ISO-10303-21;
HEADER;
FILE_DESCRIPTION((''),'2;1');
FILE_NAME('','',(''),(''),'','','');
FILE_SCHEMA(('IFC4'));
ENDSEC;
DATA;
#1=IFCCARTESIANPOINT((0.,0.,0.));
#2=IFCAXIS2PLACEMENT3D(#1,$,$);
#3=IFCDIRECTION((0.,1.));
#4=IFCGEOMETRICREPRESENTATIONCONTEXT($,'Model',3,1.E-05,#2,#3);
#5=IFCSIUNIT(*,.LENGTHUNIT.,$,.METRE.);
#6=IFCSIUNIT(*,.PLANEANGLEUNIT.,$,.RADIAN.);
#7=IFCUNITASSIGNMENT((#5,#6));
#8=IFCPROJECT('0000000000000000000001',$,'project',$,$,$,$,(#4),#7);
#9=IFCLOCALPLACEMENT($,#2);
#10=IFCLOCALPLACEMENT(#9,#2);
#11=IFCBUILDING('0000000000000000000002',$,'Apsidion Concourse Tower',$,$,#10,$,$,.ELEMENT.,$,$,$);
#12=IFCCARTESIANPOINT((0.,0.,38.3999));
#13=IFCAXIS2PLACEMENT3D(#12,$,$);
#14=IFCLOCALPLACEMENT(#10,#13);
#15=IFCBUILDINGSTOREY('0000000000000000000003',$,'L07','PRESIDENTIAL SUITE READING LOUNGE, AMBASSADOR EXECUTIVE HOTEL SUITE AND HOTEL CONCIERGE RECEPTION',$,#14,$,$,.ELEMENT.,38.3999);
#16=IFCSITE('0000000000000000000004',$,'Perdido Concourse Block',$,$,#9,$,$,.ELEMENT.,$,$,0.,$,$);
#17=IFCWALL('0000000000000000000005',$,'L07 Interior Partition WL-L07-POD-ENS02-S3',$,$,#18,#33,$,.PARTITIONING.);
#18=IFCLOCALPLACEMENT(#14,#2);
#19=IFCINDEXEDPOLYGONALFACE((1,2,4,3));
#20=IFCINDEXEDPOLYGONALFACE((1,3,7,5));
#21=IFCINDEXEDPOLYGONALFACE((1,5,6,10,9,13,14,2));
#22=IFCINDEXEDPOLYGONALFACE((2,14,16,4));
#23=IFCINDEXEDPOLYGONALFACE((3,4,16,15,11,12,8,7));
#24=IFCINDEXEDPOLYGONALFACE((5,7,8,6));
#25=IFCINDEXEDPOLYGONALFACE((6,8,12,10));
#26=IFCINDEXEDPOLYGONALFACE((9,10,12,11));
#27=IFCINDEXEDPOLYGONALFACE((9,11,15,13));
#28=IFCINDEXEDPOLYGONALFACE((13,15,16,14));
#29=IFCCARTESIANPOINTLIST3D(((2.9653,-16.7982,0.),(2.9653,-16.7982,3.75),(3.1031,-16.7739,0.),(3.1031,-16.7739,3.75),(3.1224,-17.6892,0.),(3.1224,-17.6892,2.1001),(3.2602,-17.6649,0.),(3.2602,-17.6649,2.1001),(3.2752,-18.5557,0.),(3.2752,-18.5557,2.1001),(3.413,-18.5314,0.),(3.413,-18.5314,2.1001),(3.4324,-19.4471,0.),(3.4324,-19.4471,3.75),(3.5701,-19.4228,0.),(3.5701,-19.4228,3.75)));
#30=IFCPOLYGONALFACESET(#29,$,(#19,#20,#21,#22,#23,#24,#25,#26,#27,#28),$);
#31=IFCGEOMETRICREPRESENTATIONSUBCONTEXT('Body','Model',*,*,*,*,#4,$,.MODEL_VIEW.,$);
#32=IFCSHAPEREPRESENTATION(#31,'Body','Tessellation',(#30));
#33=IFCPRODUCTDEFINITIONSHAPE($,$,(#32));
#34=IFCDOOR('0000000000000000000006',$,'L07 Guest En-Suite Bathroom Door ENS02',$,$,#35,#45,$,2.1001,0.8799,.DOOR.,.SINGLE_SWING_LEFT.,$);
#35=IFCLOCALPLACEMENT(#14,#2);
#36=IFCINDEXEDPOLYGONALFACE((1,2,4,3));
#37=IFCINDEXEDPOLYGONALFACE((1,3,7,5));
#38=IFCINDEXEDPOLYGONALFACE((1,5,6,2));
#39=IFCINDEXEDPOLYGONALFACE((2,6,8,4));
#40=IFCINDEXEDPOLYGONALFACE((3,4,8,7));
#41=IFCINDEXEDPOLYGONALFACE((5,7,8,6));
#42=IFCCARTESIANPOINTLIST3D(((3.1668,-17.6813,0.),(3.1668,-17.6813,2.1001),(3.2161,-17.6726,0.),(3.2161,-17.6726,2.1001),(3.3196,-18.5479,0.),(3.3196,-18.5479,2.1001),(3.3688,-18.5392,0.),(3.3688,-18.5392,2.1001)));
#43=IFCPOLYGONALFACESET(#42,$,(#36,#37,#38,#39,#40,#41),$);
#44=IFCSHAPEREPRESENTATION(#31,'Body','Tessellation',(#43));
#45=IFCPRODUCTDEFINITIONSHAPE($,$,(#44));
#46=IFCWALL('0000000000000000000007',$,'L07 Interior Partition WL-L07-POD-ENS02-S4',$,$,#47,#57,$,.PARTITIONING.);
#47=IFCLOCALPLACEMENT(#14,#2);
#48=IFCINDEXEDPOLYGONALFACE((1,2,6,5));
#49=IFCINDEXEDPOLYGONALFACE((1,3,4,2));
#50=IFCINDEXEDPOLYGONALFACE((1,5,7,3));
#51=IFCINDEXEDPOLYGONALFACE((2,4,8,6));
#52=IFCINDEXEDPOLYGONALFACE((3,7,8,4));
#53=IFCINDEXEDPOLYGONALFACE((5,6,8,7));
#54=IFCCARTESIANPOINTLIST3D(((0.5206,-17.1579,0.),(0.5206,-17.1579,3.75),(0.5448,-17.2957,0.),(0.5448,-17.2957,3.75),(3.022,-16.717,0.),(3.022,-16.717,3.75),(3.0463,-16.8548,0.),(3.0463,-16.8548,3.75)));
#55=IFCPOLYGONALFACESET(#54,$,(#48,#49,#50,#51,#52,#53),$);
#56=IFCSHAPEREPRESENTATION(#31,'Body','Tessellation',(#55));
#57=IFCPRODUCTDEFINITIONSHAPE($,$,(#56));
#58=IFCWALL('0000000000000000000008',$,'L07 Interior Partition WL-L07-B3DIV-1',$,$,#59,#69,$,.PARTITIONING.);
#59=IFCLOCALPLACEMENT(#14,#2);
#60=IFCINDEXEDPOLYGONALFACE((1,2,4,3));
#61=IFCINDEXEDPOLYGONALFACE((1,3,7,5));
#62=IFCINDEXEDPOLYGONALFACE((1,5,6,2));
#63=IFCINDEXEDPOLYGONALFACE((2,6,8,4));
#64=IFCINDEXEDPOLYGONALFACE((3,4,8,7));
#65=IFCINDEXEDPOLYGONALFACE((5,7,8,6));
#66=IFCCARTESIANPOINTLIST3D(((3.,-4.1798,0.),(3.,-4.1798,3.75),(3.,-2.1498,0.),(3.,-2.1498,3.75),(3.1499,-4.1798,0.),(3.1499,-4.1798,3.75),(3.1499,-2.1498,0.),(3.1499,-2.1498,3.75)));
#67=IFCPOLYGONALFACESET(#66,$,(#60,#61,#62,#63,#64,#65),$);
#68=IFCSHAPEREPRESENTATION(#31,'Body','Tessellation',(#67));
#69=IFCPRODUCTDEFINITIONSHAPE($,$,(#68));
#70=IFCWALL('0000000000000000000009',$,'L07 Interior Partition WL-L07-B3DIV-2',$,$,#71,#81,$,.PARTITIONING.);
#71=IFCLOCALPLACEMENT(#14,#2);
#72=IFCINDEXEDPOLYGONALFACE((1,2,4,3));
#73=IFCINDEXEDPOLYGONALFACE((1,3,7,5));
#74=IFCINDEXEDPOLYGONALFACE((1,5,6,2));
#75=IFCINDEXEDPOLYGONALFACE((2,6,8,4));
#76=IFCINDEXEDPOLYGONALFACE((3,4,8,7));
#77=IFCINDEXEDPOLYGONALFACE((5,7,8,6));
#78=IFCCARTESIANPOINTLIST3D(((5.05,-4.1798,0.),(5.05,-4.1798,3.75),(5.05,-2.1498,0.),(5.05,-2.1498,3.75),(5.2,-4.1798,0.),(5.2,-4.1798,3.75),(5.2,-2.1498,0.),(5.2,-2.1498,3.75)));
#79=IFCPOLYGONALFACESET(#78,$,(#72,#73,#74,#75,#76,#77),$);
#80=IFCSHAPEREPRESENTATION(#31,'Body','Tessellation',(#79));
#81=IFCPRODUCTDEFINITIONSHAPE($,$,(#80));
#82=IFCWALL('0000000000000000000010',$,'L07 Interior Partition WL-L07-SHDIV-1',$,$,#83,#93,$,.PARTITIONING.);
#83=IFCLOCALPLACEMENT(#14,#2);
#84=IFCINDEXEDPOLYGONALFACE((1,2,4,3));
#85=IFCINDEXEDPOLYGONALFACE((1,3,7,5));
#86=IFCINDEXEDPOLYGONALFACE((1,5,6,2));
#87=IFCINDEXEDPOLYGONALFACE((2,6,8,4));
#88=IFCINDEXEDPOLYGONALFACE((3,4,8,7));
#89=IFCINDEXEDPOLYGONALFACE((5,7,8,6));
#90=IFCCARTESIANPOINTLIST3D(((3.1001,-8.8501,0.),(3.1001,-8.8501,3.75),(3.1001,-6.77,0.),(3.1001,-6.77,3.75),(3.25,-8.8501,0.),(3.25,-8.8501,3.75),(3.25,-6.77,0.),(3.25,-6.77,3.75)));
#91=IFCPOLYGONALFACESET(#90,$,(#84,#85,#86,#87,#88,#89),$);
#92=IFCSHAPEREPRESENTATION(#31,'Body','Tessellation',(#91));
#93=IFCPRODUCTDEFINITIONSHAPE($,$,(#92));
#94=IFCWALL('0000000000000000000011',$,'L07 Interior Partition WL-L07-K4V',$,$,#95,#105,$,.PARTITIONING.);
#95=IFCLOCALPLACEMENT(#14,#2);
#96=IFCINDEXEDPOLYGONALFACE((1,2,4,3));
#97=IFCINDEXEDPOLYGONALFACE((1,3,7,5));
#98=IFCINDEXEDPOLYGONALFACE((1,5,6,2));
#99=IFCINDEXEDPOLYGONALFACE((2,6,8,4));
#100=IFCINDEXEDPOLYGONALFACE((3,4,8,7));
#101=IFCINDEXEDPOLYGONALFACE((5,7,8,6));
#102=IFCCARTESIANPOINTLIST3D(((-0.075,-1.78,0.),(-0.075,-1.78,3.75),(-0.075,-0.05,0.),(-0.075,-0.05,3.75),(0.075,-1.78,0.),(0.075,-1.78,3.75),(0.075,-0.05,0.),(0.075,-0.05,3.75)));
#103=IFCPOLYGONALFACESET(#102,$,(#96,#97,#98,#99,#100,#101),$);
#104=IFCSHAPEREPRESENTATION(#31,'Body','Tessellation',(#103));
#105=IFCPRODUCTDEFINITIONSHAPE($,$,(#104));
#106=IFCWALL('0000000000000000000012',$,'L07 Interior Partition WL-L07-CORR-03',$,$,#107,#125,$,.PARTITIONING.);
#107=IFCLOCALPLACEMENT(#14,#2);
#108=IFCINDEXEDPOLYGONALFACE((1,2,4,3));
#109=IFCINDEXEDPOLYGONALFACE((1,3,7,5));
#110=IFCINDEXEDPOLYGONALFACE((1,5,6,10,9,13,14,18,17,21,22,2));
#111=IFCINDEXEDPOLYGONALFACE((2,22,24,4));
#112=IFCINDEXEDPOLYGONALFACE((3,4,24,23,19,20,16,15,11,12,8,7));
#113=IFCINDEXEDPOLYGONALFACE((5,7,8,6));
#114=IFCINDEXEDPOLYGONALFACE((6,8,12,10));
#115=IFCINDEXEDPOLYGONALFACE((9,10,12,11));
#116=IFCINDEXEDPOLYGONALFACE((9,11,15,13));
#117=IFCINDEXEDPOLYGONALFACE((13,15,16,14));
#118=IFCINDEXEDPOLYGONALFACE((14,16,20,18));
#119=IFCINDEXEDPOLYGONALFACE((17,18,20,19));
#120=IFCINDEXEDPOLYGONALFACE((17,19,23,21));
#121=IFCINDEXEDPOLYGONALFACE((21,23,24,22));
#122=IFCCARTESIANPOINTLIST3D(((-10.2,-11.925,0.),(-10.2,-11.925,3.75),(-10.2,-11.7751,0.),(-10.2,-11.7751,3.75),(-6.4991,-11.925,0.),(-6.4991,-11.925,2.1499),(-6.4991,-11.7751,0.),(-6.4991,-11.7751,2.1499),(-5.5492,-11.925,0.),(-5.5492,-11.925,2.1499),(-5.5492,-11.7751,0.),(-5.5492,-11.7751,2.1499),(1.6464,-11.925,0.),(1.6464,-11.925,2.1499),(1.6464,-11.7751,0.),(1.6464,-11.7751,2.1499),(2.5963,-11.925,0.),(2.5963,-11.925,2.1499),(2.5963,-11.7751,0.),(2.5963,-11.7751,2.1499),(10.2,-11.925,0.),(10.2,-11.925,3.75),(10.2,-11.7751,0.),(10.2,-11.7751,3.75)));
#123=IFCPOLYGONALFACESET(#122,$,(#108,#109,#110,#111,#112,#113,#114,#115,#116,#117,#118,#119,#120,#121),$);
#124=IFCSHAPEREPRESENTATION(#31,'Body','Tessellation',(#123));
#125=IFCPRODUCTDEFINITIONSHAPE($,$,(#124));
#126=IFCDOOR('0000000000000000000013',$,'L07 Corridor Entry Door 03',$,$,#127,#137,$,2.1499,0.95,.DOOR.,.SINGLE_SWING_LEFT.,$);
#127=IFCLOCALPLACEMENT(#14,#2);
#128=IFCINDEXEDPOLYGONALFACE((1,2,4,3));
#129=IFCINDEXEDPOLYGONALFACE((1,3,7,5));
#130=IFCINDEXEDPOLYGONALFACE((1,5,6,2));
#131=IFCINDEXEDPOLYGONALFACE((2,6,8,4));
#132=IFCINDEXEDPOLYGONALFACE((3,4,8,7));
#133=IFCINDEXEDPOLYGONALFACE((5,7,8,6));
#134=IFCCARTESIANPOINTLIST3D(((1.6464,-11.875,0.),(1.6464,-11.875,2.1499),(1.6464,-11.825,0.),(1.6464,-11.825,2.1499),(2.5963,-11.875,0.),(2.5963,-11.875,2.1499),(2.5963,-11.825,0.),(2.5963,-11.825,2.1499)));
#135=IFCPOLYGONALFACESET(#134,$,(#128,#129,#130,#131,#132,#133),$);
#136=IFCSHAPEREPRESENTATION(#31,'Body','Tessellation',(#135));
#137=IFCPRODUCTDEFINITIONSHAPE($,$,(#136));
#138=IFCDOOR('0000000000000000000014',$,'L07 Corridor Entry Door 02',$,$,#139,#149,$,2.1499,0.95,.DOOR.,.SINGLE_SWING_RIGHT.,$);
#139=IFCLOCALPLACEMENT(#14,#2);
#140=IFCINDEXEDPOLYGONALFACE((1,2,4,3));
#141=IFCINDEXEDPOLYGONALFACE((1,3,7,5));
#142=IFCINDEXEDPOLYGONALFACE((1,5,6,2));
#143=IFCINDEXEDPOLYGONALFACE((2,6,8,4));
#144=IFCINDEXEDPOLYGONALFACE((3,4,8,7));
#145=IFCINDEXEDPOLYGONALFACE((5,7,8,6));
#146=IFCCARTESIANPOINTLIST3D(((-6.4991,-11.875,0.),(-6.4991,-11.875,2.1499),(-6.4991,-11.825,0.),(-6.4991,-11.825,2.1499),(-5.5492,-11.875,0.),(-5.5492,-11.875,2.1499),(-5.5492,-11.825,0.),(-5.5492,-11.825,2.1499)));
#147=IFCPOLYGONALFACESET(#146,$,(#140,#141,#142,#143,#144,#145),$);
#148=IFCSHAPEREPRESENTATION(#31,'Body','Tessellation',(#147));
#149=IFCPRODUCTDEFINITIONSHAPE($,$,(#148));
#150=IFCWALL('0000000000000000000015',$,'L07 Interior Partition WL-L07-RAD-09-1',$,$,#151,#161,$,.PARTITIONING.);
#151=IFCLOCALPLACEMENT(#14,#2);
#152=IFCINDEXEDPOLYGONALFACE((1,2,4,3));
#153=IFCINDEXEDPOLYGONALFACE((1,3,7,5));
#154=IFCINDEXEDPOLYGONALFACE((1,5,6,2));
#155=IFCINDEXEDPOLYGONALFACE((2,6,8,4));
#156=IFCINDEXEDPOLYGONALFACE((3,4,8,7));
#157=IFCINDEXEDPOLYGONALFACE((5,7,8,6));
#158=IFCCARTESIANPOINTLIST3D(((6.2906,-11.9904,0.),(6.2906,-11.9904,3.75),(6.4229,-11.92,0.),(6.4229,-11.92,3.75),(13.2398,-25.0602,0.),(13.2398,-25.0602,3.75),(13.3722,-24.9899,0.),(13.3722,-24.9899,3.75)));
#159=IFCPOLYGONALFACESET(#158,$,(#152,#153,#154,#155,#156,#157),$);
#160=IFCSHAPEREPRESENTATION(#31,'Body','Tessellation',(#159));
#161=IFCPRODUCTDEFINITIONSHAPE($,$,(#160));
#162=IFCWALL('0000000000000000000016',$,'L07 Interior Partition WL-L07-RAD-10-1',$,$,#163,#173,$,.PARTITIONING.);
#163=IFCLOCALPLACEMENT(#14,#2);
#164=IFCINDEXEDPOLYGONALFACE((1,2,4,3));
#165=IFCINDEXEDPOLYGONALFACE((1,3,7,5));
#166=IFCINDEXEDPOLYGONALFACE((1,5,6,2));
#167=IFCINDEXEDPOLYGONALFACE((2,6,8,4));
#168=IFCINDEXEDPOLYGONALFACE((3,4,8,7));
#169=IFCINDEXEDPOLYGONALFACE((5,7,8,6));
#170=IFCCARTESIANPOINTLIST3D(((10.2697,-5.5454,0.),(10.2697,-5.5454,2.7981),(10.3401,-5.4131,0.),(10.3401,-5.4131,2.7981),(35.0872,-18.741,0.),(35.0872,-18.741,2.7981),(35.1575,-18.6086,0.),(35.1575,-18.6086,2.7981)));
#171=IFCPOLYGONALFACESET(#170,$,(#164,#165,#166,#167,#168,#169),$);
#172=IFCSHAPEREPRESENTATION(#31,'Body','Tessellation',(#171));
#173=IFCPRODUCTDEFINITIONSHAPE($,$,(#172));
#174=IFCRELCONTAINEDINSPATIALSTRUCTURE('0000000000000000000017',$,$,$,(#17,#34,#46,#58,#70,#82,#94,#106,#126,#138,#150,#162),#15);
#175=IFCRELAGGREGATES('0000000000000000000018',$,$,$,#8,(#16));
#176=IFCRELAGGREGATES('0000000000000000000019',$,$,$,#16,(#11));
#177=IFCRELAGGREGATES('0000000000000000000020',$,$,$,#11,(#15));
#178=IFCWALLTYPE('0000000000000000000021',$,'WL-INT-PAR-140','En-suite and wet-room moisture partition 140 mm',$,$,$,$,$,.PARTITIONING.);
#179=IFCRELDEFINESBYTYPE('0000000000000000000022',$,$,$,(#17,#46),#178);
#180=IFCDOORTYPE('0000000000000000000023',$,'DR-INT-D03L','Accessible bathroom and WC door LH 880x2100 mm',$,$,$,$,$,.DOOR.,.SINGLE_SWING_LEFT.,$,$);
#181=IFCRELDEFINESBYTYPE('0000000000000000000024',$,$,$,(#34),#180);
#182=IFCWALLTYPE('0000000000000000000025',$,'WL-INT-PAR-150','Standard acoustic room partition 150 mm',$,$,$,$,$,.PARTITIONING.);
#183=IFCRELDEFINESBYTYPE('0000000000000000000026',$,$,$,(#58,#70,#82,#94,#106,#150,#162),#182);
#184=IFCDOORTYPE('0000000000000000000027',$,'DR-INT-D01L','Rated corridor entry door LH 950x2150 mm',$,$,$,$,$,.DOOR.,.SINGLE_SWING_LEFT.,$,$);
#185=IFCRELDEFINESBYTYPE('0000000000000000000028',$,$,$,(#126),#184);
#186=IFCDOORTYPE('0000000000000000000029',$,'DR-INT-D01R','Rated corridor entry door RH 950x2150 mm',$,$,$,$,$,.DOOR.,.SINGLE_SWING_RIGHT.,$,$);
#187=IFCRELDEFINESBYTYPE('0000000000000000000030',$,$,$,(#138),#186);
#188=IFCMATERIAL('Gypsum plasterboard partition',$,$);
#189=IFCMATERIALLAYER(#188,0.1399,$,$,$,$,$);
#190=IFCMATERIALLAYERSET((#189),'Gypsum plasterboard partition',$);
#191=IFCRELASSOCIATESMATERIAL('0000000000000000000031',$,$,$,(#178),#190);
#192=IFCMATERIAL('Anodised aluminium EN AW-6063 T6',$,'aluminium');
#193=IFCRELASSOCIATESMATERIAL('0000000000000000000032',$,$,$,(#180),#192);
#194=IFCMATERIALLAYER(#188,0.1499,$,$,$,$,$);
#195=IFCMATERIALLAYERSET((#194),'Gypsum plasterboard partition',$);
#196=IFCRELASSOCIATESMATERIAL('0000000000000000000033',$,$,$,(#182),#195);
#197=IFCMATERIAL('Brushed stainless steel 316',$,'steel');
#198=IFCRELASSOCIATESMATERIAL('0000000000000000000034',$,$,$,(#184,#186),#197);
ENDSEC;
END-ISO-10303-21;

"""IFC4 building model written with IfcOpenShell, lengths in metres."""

from ifc_helpers import new_model, si_unit, direction, frame, frame_2d, origin, place, context, subcontext, project, spatial, rectangle, extrude, material, layer, layer_set, type_object, element, fill, save


model = new_model("IFC4")

# Units and contexts
model_context = context("Model", 3, precision=1e-05, world=origin(), true_north=direction((0.0, 1.0)))
body_context = subcontext(model_context, "Body", "Model", "MODEL_VIEW")
ifc_project = project(units=[si_unit("LENGTHUNIT", "METRE"), si_unit("PLANEANGLEUNIT", "RADIAN")], contexts=[model_context])

# Site, building, storey
site_placement = place(None, origin())
site = spatial("IfcSite", under=ifc_project, at=site_placement, Name="Perdido Concourse Block", CompositionType="ELEMENT", RefElevation=0.0)
building_placement = place(site_placement, origin())
building = spatial("IfcBuilding", under=site, at=building_placement, Name="Apsidion Concourse Tower", CompositionType="ELEMENT")
storey_placement = place(building_placement, frame((0.0, 0.0, 38.3999)))
storey = spatial("IfcBuildingStorey", under=building, at=storey_placement, Name="L07", Description="PRESIDENTIAL SUITE READING LOUNGE, AMBASSADOR EXECUTIVE HOTEL SUITE AND HOTEL CONCIERGE RECEPTION", CompositionType="ELEMENT", Elevation=38.3999)

# Shared definitions
ifc_material_1 = material(Name="Gypsum plasterboard partition")
ifc_layer_1 = layer(ifc_material_1, 0.1399)
ifc_layer_set_1 = layer_set([ifc_layer_1], Name="Gypsum plasterboard partition")
wall_type_1 = type_object("IfcWallType", Name="WL-INT-PAR-140", Description="En-suite and wet-room moisture partition 140 mm", PredefinedType="PARTITIONING", material=ifc_layer_set_1)

# Wall, opening, door
wall_1_placement = place(storey_placement, frame((3.5012, -19.4348, 0.0), z_axis=(0.0, 0.0, 1.0), x_axis=(-0.173635, 0.98481, 0.0)))
wall_1 = element("IfcWall", 1, at=wall_1_placement, inside=storey, type_object=wall_type_1, Name="L07 Interior Partition WL-L07-POD-ENS02-S3", PredefinedType="PARTITIONING", context=body_context, shape_type="SweptSolid", body=[
    extrude(rectangle(XDim=2.6897, YDim=0.1399, at=frame_2d((1.3447, 0.0))), origin(), (0.0, 0.0, 1.0), 3.75),
])
opening_1_placement = place(wall_1_placement, frame((0.905, 0.0, 0.0)))
opening_1 = element("IfcOpeningElement", 2, at=opening_1_placement, cuts=wall_1, PredefinedType="OPENING", context=body_context, shape_type="SweptSolid", body=[
    extrude(rectangle(XDim=0.8799, YDim=2.1001, at=frame_2d((0.4399, 1.05))), frame((0.0, 0.0801, 0.0), z_axis=(0.0, -1.0, 0.0), x_axis=(1.0, 0.0, 0.0)), (0.0, 0.0, 1.0), 0.1599),
])
ifc_material_2 = material(Name="Anodised aluminium EN AW-6063 T6", Category="aluminium")
door_type_1 = type_object("IfcDoorType", Name="DR-INT-D03L", Description="Accessible bathroom and WC door LH 880x2100 mm", OperationType="SINGLE_SWING_LEFT", PredefinedType="DOOR", material=ifc_material_2)
door_1_placement = place(opening_1_placement, origin())
door_1 = element("IfcDoor", 3, at=door_1_placement, inside=storey, type_object=door_type_1, Name="L07 Guest En-Suite Bathroom Door ENS02", OperationType="SINGLE_SWING_LEFT", OverallHeight=2.1001, OverallWidth=0.8799, PredefinedType="DOOR", context=body_context, shape_type="SweptSolid", body=[
    extrude(rectangle(XDim=0.8799, YDim=2.1001, at=frame_2d((0.4399, 1.05))), frame((0.0, 0.0249, 0.0), z_axis=(0.0, -1.0, 0.0), x_axis=(1.0, 0.0, 0.0)), (0.0, 0.0, 1.0), 0.05),
])
fill(opening_1, door_1)

# Walls
wall_2_placement = place(storey_placement, frame((3.0342, -16.7859, 0.0), z_axis=(0.0, 0.0, 1.0), x_axis=(-0.984818, -0.173588, 0.0)))
element("IfcWall", 4, at=wall_2_placement, inside=storey, type_object=wall_type_1, Name="L07 Interior Partition WL-L07-POD-ENS02-S4", PredefinedType="PARTITIONING", context=body_context, shape_type="SweptSolid", body=[
    extrude(rectangle(XDim=2.54, YDim=0.1399, at=frame_2d((1.27, 0.0))), origin(), (0.0, 0.0, 1.0), 3.75),
])
ifc_layer_2 = layer(ifc_material_1, 0.1499)
ifc_layer_set_2 = layer_set([ifc_layer_2], Name="Gypsum plasterboard partition")
wall_type_2 = type_object("IfcWallType", Name="WL-INT-PAR-150", Description="Standard acoustic room partition 150 mm", PredefinedType="PARTITIONING", material=ifc_layer_set_2)
for number, where, z_axis, x_axis, name in (
    (5, (3.075, -4.1799, 0.0), (0.0, 0.0, 1.0), (0.0, 1.0, 0.0), "L07 Interior Partition WL-L07-B3DIV-1"),
    (6, (5.125, -4.1799, 0.0), (0.0, 0.0, 1.0), (0.0, 1.0, 0.0), "L07 Interior Partition WL-L07-B3DIV-2"),
):
    element("IfcWall", number, at=place(storey_placement, frame(where, z_axis=z_axis, x_axis=x_axis)), inside=storey, type_object=wall_type_2, Name=name, PredefinedType="PARTITIONING", context=body_context, shape_type="SweptSolid", body=[
        extrude(rectangle(XDim=2.03, YDim=0.1499, at=frame_2d((1.0151, 0.0))), origin(), (0.0, 0.0, 1.0), 3.75),
    ])
wall_3_placement = place(storey_placement, frame((3.175, -8.8501, 0.0), z_axis=(0.0, 0.0, 1.0), x_axis=(0.0, 1.0, 0.0)))
element("IfcWall", 7, at=wall_3_placement, inside=storey, type_object=wall_type_2, Name="L07 Interior Partition WL-L07-SHDIV-1", PredefinedType="PARTITIONING", context=body_context, shape_type="SweptSolid", body=[
    extrude(rectangle(XDim=2.0801, YDim=0.1499, at=frame_2d((1.04, 0.0))), origin(), (0.0, 0.0, 1.0), 3.75),
])
wall_4_placement = place(storey_placement, frame((0.0, -1.78, 0.0), z_axis=(0.0, 0.0, 1.0), x_axis=(0.0, 1.0, 0.0)))
element("IfcWall", 8, at=wall_4_placement, inside=storey, type_object=wall_type_2, Name="L07 Interior Partition WL-L07-K4V", PredefinedType="PARTITIONING", context=body_context, shape_type="SweptSolid", body=[
    extrude(rectangle(XDim=1.73, YDim=0.1499, at=frame_2d((0.865, 0.0))), origin(), (0.0, 0.0, 1.0), 3.75),
])

# Wall, openings, doors
wall_5_placement = place(storey_placement, frame((10.2, -11.8501, 0.0), z_axis=(0.0, 0.0, 1.0), x_axis=(-1.0, 0.0, 0.0)))
wall_5 = element("IfcWall", 9, at=wall_5_placement, inside=storey, type_object=wall_type_2, Name="L07 Interior Partition WL-L07-CORR-03", PredefinedType="PARTITIONING", context=body_context, shape_type="SweptSolid", body=[
    extrude(rectangle(XDim=20.3999, YDim=0.1499, at=frame_2d((10.2, 0.0))), origin(), (0.0, 0.0, 1.0), 3.75),
])
opening_2_placement = place(wall_5_placement, frame((15.749, 0.0, 0.0)))
opening_2 = element("IfcOpeningElement", 10, at=opening_2_placement, cuts=wall_5, PredefinedType="OPENING", context=body_context, shape_type="SweptSolid", body=[
    extrude(rectangle(XDim=0.95, YDim=2.1499, at=frame_2d((0.4751, 1.075))), frame((0.0, 0.085, 0.0), z_axis=(0.0, -1.0, 0.0), x_axis=(1.0, 0.0, 0.0)), (0.0, 0.0, 1.0), 0.1699),
])
opening_3_placement = place(wall_5_placement, frame((7.6035, 0.0, 0.0)))
opening_3 = element("IfcOpeningElement", 11, at=opening_3_placement, cuts=wall_5, PredefinedType="OPENING", context=body_context, shape_type="SweptSolid", body=[
    extrude(rectangle(XDim=0.95, YDim=2.1499, at=frame_2d((0.4751, 1.075))), frame((0.0, 0.085, 0.0), z_axis=(0.0, -1.0, 0.0), x_axis=(1.0, 0.0, 0.0)), (0.0, 0.0, 1.0), 0.1699),
])
ifc_material_3 = material(Name="Brushed stainless steel 316", Category="steel")
door_type_2 = type_object("IfcDoorType", Name="DR-INT-D01L", Description="Rated corridor entry door LH 950x2150 mm", OperationType="SINGLE_SWING_LEFT", PredefinedType="DOOR", material=ifc_material_3)
door_2_placement = place(opening_3_placement, origin())
door_2 = element("IfcDoor", 12, at=door_2_placement, inside=storey, type_object=door_type_2, Name="L07 Corridor Entry Door 03", OperationType="SINGLE_SWING_LEFT", OverallHeight=2.1499, OverallWidth=0.95, PredefinedType="DOOR", context=body_context, shape_type="SweptSolid", body=[
    extrude(rectangle(XDim=0.95, YDim=2.1499, at=frame_2d((0.4751, 1.075))), frame((0.0, 0.0249, 0.0), z_axis=(0.0, -1.0, 0.0), x_axis=(1.0, 0.0, 0.0)), (0.0, 0.0, 1.0), 0.05),
])
fill(opening_3, door_2)
door_type_3 = type_object("IfcDoorType", Name="DR-INT-D01R", Description="Rated corridor entry door RH 950x2150 mm", OperationType="SINGLE_SWING_RIGHT", PredefinedType="DOOR", material=ifc_material_3)
door_3_placement = place(opening_2_placement, origin())
door_3 = element("IfcDoor", 13, at=door_3_placement, inside=storey, type_object=door_type_3, Name="L07 Corridor Entry Door 02", OperationType="SINGLE_SWING_RIGHT", OverallHeight=2.1499, OverallWidth=0.95, PredefinedType="DOOR", context=body_context, shape_type="SweptSolid", body=[
    extrude(rectangle(XDim=0.95, YDim=2.1499, at=frame_2d((0.4751, 1.075))), frame((0.0, 0.0249, 0.0), z_axis=(0.0, -1.0, 0.0), x_axis=(1.0, 0.0, 0.0)), (0.0, 0.0, 1.0), 0.05),
])
fill(opening_2, door_3)

# Walls
wall_6_placement = place(storey_placement, frame((6.3567, -11.9551, 0.0), z_axis=(0.0, 0.0, 1.0), x_axis=(0.469465, -0.882951, 0.0)))
element("IfcWall", 14, at=wall_6_placement, inside=storey, type_object=wall_type_2, Name="L07 Interior Partition WL-L07-RAD-09-1", PredefinedType="PARTITIONING", context=body_context, shape_type="SweptSolid", body=[
    extrude(rectangle(XDim=14.8025, YDim=0.1499, at=frame_2d((7.4014, 0.0))), origin(), (0.0, 0.0, 1.0), 3.75),
])
wall_7_placement = place(storey_placement, frame((10.3049, -5.4792, 0.0), z_axis=(0.0, 0.0, 1.0), x_axis=(0.882949, -0.469469, 0.0)))
element("IfcWall", 15, at=wall_7_placement, inside=storey, type_object=wall_type_2, Name="L07 Interior Partition WL-L07-RAD-10-1", PredefinedType="PARTITIONING", context=body_context, shape_type="SweptSolid", body=[
    extrude(rectangle(XDim=28.1074, YDim=0.1499, at=frame_2d((14.0537, 0.0))), origin(), (0.0, 0.0, 1.0), 2.7981),
])

save(model, "model.ifc")
